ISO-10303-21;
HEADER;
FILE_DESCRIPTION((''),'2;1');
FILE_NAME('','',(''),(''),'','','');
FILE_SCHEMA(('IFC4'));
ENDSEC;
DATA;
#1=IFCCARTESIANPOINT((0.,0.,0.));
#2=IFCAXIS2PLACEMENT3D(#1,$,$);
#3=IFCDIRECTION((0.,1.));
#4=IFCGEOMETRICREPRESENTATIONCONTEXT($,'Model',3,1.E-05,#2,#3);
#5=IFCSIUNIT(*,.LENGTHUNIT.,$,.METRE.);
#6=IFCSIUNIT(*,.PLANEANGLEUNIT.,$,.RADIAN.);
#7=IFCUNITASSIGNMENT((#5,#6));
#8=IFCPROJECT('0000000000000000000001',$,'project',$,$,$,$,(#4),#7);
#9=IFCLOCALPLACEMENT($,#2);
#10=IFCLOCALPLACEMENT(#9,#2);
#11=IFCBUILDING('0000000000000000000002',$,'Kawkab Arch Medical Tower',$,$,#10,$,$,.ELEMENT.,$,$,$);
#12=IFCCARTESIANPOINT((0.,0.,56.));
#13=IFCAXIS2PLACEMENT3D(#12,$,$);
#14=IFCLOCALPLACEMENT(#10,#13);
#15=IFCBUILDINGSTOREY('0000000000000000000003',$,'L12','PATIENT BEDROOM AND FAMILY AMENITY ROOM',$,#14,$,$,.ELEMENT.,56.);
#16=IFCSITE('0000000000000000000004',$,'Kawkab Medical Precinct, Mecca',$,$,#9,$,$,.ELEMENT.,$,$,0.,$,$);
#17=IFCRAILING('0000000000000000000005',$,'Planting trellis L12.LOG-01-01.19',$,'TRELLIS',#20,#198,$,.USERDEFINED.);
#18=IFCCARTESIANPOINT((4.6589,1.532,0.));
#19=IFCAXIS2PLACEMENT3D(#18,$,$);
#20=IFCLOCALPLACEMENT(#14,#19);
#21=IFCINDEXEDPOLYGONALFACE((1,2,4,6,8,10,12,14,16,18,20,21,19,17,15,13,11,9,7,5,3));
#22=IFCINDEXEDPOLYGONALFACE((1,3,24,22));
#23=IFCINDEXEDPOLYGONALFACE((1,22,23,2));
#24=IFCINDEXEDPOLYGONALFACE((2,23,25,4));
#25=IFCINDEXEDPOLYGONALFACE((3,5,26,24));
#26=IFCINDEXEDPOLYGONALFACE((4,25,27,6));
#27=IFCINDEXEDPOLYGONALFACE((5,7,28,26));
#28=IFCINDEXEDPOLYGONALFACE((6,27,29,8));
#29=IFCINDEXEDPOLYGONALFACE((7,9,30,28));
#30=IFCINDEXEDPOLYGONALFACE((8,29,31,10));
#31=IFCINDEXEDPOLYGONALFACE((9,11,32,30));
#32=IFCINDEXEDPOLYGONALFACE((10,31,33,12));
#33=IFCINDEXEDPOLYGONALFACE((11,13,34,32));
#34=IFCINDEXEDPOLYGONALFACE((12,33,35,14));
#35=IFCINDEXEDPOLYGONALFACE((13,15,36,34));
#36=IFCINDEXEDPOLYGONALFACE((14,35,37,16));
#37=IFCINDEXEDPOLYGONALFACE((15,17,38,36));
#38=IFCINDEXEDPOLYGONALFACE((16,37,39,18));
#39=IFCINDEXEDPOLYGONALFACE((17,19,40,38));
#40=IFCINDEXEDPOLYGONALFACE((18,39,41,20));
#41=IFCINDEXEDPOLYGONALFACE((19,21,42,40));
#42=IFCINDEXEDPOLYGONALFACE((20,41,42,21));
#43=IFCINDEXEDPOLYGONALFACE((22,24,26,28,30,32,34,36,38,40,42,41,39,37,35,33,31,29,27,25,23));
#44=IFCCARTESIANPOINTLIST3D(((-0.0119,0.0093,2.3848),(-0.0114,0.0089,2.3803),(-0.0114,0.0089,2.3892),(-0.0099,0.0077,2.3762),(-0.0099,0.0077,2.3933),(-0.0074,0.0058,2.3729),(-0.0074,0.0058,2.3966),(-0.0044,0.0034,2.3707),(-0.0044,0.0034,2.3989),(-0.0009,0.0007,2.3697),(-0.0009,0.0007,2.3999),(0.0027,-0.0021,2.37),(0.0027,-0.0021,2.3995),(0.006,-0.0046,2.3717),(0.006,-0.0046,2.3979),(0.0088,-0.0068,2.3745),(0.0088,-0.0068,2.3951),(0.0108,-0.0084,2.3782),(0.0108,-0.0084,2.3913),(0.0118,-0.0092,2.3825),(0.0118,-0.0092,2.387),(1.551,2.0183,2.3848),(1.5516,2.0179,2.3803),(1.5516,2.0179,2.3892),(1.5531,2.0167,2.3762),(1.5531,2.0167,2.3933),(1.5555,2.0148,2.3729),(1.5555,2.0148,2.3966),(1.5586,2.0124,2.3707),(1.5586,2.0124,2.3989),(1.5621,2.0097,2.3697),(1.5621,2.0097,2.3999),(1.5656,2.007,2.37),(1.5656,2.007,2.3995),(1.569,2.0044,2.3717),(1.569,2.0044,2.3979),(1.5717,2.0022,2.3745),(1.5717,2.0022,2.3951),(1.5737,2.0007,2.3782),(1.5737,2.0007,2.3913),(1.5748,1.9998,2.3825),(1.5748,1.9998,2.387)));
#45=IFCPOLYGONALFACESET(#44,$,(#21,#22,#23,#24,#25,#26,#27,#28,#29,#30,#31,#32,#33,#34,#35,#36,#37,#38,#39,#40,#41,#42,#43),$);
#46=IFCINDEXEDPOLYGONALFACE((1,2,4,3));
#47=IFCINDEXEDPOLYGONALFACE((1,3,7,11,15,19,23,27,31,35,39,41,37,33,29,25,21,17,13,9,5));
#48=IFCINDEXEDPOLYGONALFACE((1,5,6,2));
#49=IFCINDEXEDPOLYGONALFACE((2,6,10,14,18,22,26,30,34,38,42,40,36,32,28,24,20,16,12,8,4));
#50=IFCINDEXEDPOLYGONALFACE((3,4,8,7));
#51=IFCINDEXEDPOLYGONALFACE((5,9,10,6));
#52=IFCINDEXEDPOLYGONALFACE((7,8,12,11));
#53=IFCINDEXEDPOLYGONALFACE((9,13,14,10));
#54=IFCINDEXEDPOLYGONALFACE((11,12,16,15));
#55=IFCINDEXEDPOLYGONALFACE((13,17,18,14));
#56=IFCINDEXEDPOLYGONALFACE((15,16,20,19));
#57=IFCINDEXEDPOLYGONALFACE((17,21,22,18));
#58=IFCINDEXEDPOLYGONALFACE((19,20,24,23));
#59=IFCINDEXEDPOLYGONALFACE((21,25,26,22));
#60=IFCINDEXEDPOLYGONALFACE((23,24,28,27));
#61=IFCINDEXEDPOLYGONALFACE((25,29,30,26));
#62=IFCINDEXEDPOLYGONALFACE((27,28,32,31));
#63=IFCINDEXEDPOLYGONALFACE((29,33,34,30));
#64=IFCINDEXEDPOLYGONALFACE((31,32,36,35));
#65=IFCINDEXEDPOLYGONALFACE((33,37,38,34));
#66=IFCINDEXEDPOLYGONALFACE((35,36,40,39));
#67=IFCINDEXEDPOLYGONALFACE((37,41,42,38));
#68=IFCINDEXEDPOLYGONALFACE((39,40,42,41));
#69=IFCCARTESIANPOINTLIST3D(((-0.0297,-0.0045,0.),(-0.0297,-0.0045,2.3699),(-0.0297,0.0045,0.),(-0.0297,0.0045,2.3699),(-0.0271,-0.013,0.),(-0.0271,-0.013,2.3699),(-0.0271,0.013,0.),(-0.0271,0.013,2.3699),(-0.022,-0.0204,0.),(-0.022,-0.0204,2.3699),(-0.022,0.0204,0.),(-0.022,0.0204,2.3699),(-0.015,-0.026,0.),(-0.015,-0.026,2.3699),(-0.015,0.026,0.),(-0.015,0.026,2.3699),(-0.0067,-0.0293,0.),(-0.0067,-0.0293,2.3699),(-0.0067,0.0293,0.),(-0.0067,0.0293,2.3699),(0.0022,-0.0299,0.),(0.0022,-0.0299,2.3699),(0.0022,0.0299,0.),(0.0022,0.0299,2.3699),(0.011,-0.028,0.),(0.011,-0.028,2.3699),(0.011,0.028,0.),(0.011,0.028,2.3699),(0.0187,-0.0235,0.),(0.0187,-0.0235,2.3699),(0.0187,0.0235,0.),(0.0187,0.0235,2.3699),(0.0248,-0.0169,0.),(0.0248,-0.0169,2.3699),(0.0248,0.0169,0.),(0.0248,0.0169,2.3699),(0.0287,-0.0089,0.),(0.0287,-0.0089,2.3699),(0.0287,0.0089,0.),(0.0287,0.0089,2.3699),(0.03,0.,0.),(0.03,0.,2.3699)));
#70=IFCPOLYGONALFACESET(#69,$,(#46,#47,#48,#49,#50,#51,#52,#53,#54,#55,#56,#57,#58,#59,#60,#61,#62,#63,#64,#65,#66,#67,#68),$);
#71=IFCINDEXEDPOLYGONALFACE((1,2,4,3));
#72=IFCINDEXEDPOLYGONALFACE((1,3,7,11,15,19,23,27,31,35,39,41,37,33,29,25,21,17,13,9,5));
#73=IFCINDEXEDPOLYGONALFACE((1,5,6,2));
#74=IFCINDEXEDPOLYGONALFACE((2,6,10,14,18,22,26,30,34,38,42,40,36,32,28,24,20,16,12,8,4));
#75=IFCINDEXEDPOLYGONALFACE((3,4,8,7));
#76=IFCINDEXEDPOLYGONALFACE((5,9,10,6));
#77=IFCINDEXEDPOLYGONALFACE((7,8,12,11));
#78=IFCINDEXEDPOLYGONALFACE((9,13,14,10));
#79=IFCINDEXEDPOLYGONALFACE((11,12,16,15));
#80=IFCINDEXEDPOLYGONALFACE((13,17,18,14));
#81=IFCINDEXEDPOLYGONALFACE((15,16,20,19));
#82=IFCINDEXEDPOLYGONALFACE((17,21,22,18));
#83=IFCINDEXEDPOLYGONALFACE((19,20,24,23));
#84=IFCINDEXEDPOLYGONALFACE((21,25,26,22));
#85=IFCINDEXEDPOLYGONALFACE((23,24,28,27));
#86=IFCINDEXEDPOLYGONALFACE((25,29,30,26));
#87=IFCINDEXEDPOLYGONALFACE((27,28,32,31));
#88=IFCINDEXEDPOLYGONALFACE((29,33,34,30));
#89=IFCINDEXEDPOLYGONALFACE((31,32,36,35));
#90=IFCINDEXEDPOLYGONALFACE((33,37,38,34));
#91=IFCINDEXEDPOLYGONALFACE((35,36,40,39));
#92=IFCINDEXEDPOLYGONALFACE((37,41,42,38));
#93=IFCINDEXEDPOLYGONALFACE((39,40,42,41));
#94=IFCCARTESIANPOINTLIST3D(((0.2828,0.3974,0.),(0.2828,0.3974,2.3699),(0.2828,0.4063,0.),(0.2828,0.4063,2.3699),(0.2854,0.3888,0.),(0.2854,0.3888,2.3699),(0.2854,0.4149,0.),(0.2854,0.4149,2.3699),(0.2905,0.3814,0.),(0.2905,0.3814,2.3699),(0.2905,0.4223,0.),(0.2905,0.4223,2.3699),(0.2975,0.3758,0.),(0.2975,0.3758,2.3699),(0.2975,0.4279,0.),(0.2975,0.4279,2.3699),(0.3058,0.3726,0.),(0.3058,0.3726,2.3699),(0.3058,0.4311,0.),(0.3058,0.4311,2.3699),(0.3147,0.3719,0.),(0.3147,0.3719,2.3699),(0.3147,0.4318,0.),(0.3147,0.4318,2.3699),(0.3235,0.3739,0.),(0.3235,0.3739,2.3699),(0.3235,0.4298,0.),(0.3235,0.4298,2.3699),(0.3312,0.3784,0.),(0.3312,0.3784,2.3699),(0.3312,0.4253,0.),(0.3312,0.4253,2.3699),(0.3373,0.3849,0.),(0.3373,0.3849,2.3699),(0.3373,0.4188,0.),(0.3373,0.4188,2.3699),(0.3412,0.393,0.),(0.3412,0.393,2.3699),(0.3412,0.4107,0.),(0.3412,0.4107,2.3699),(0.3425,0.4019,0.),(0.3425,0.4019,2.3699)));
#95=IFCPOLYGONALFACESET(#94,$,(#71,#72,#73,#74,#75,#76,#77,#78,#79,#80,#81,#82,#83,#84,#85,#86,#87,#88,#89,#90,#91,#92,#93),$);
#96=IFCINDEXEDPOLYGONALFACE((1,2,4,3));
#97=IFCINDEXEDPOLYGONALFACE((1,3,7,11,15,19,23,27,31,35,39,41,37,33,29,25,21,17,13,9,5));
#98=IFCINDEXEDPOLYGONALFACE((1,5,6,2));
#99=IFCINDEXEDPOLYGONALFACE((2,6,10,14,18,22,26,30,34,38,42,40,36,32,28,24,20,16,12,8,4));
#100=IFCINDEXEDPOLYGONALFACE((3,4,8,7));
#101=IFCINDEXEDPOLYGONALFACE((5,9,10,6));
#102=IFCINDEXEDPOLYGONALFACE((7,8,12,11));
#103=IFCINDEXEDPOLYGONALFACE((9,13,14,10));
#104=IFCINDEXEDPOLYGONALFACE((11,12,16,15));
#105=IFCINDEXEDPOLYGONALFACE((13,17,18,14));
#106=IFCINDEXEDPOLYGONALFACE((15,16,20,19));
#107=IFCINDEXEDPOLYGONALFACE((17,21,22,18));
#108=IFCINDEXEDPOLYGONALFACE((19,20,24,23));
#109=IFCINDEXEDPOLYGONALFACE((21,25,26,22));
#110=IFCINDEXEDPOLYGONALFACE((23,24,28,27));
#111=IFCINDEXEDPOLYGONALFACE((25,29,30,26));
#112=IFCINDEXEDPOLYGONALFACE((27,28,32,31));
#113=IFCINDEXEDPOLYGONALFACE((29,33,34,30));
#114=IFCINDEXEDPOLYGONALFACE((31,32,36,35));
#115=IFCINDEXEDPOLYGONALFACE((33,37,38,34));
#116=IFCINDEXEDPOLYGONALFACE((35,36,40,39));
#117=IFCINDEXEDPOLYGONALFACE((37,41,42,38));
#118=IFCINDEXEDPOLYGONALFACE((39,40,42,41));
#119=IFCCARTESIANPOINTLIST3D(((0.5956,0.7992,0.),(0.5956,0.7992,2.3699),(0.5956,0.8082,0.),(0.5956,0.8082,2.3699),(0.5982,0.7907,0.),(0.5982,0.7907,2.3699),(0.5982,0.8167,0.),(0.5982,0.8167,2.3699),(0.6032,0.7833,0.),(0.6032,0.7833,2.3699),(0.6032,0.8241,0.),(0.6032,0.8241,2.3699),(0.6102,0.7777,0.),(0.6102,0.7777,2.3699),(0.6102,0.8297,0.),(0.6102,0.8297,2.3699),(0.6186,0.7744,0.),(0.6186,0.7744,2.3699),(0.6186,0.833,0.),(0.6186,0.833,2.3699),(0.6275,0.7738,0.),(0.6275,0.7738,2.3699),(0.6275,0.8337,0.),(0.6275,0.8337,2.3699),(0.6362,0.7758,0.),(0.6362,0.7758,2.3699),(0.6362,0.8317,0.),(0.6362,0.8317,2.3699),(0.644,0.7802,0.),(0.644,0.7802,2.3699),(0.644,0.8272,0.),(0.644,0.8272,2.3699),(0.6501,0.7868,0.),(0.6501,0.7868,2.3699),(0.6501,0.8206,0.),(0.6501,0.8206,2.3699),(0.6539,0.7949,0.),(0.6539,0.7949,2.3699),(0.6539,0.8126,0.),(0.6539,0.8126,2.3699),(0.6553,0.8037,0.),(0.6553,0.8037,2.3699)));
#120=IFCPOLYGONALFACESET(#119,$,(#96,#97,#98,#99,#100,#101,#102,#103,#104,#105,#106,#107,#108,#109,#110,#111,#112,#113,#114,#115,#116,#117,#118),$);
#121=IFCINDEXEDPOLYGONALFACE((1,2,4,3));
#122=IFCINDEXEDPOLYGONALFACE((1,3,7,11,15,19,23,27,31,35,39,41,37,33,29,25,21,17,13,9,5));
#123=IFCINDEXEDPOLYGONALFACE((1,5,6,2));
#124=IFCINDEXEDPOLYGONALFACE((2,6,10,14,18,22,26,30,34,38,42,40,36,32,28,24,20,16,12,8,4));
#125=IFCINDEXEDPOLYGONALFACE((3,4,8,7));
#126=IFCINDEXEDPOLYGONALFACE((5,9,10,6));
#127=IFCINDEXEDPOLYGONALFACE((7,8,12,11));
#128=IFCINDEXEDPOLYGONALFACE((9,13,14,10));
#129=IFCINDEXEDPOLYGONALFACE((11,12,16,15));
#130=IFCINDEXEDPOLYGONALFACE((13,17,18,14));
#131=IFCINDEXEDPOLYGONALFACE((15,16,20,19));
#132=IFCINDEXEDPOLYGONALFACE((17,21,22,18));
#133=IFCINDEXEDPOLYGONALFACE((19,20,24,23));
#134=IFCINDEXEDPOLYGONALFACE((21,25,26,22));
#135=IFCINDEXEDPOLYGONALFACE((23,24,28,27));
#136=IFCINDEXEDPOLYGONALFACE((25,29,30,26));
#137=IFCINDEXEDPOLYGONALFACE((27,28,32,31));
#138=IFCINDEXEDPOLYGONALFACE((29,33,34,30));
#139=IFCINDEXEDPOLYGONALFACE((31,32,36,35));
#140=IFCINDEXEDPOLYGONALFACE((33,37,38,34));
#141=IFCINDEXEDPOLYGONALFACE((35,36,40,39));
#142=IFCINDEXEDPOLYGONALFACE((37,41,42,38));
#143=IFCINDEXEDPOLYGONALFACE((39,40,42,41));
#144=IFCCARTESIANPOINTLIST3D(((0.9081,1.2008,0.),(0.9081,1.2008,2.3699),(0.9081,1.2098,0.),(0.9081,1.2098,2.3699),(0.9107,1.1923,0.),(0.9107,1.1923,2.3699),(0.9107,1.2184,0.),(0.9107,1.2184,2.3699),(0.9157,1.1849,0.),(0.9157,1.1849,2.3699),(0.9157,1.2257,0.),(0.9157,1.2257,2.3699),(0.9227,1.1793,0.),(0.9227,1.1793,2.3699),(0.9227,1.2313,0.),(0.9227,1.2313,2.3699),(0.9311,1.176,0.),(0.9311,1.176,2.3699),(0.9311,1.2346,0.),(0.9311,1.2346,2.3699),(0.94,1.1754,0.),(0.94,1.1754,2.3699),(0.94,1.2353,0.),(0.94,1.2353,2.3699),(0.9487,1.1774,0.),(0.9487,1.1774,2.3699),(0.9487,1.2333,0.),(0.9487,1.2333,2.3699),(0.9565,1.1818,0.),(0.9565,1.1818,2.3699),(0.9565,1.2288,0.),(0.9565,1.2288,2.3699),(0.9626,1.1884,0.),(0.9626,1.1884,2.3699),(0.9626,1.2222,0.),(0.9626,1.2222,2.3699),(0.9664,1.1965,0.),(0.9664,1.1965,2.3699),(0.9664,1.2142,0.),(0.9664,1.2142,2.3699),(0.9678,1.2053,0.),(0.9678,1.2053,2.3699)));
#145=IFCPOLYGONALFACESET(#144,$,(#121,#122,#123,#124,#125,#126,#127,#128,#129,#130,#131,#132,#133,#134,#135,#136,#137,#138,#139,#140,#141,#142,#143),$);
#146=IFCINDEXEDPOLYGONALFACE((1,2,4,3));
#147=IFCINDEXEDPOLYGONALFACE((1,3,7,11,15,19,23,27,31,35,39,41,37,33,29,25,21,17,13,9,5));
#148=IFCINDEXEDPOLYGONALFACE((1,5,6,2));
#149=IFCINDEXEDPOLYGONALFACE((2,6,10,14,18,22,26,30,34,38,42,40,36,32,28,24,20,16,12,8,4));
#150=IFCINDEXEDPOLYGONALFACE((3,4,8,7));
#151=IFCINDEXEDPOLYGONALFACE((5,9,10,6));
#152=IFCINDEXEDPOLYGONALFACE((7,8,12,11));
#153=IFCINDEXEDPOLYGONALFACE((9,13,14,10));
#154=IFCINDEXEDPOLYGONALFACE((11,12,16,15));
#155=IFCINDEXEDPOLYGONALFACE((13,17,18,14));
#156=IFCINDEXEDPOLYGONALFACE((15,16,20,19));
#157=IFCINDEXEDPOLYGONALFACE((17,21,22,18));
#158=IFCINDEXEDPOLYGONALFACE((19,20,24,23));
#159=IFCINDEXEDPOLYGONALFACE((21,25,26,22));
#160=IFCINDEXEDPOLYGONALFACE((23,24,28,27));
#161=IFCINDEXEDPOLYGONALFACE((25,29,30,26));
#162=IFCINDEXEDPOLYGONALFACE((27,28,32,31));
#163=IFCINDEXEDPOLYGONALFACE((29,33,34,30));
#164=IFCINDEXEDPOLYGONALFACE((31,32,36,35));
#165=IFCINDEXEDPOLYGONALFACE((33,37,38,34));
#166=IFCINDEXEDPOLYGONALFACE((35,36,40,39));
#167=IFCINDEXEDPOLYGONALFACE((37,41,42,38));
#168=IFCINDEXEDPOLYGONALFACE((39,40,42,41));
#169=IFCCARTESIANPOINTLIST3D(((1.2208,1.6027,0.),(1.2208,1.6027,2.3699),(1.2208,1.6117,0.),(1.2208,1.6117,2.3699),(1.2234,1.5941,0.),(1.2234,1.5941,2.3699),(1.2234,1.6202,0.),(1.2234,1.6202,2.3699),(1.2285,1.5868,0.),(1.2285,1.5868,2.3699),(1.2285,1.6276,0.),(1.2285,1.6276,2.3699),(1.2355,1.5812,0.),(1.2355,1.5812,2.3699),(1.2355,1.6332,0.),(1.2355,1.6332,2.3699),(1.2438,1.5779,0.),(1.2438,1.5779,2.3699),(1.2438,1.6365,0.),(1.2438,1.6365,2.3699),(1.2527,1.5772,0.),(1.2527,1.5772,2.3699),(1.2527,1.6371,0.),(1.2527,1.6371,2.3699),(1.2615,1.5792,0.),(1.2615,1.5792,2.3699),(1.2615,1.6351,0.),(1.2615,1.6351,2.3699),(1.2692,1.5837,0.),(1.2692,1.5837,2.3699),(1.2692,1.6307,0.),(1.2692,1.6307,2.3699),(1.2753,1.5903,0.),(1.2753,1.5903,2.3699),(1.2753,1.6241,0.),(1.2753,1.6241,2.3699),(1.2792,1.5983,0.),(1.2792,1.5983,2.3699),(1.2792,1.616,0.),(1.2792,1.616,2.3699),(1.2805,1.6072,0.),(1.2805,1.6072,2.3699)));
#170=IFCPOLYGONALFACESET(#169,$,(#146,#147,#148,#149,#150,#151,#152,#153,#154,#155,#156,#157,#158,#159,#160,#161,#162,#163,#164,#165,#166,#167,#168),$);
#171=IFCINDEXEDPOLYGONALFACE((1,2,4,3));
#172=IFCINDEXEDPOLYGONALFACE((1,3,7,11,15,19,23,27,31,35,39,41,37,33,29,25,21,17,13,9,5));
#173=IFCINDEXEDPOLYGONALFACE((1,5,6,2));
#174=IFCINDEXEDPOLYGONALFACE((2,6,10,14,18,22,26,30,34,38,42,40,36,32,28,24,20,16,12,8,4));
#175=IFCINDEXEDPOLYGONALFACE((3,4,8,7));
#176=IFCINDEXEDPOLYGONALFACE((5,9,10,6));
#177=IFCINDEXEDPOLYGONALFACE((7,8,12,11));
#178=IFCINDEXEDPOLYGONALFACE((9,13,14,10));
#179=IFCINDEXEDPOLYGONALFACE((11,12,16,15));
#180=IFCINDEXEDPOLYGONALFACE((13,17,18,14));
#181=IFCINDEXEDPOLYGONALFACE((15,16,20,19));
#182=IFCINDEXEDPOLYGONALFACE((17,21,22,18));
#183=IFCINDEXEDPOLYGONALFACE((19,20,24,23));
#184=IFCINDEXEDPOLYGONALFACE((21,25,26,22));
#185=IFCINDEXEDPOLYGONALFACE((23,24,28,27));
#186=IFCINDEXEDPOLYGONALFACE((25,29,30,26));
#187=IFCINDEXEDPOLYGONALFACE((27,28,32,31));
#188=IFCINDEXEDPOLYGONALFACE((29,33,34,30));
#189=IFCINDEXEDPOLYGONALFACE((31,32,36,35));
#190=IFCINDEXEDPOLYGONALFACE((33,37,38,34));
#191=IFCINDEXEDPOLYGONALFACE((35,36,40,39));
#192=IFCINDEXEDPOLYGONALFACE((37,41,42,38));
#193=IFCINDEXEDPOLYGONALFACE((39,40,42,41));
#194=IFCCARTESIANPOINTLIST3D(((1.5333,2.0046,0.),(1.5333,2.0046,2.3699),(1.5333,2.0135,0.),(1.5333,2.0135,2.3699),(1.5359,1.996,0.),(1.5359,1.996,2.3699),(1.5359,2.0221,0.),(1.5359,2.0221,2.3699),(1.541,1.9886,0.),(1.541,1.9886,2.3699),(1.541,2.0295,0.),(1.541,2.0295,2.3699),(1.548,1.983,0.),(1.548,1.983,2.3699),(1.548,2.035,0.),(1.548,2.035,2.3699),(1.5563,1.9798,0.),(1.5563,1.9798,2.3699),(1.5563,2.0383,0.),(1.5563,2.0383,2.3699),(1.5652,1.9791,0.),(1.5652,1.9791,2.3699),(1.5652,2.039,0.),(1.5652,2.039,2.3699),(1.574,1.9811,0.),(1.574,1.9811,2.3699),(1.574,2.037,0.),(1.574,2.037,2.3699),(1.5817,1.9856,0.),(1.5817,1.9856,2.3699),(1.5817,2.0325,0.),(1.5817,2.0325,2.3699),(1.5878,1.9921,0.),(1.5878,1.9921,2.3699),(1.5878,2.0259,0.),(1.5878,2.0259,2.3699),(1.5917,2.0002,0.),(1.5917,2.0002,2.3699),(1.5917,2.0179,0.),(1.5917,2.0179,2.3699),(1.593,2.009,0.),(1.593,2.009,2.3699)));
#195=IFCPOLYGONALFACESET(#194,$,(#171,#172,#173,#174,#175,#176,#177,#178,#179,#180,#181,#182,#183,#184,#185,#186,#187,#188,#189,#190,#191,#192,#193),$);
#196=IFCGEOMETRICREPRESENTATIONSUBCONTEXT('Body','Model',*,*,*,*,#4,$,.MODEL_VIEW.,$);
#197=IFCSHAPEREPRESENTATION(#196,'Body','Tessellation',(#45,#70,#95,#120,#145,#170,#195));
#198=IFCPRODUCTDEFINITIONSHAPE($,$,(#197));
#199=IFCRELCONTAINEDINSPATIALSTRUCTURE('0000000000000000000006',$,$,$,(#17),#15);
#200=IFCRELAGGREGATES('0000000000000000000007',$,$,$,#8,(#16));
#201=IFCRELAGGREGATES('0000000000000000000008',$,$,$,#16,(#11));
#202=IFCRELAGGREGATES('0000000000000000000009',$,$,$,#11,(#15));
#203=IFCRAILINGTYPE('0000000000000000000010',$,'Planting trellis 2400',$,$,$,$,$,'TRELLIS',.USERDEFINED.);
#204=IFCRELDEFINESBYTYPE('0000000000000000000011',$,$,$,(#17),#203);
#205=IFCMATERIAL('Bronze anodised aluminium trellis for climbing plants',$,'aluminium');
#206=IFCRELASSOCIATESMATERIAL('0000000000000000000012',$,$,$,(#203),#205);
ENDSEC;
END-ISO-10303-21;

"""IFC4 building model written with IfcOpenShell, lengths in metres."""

from ifc_helpers import new_model, si_unit, direction, frame, origin, origin_2d, place, context, subcontext, project, spatial, circle, extrude, material, type_object, element, save


model = new_model("IFC4")

# Units and contexts
model_context = context("Model", 3, precision=1e-05, world=origin(), true_north=direction((0.0, 1.0)))
body_context = subcontext(model_context, "Body", "Model", "MODEL_VIEW")
ifc_project = project(units=[si_unit("LENGTHUNIT", "METRE"), si_unit("PLANEANGLEUNIT", "RADIAN")], contexts=[model_context])

# Site, building, storey
site_placement = place(None, origin())
site = spatial("IfcSite", under=ifc_project, at=site_placement, Name="Kawkab Medical Precinct, Mecca", CompositionType="ELEMENT", RefElevation=0.0)
building_placement = place(site_placement, origin())
building = spatial("IfcBuilding", under=site, at=building_placement, Name="Kawkab Arch Medical Tower", CompositionType="ELEMENT")
storey_placement = place(building_placement, frame((0.0, 0.0, 56.0)))
storey = spatial("IfcBuildingStorey", under=building, at=storey_placement, Name="L12", Description="PATIENT BEDROOM AND FAMILY AMENITY ROOM", CompositionType="ELEMENT", Elevation=56.0)

# Railing
ifc_material_1 = material(Name="Bronze anodised aluminium trellis for climbing plants", Category="aluminium")
railing_type_1 = type_object("IfcRailingType", Name="Planting trellis 2400", ElementType="TRELLIS", PredefinedType="USERDEFINED", material=ifc_material_1)
railing_1_placement = place(storey_placement, frame((4.6589, 1.532, 0.0)))
element("IfcRailing", 1, at=railing_1_placement, inside=storey, type_object=railing_type_1, Name="Planting trellis L12.LOG-01-01.19", ObjectType="TRELLIS", PredefinedType="USERDEFINED", context=body_context, shape_type="SweptSolid", body=[
    extrude(circle(Radius=0.0151, at=origin_2d()), frame((0.0, 0.0, 2.3848), z_axis=(0.61404, 0.789275, 0.0), x_axis=(-0.789275, 0.61404, 0.0)), (0.0, 0.0, 1.0), 2.5454),
    extrude(circle(Radius=0.03, at=origin_2d()), origin(), (0.0, 0.0, 1.0), 2.3699),
    extrude(circle(Radius=0.03, at=origin_2d()), frame((0.3125, 0.4019, 0.0)), (0.0, 0.0, 1.0), 2.3699),
    extrude(circle(Radius=0.03, at=origin_2d()), frame((0.6252, 0.8037, 0.0)), (0.0, 0.0, 1.0), 2.3699),
    extrude(circle(Radius=0.03, at=origin_2d()), frame((0.9377, 1.2053, 0.0)), (0.0, 0.0, 1.0), 2.3699),
    extrude(circle(Radius=0.03, at=origin_2d()), frame((1.2505, 1.6072, 0.0)), (0.0, 0.0, 1.0), 2.3699),
    extrude(circle(Radius=0.03, at=origin_2d()), frame((1.563, 2.009, 0.0)), (0.0, 0.0, 1.0), 2.3699),
])

save(model, "model.ifc")
